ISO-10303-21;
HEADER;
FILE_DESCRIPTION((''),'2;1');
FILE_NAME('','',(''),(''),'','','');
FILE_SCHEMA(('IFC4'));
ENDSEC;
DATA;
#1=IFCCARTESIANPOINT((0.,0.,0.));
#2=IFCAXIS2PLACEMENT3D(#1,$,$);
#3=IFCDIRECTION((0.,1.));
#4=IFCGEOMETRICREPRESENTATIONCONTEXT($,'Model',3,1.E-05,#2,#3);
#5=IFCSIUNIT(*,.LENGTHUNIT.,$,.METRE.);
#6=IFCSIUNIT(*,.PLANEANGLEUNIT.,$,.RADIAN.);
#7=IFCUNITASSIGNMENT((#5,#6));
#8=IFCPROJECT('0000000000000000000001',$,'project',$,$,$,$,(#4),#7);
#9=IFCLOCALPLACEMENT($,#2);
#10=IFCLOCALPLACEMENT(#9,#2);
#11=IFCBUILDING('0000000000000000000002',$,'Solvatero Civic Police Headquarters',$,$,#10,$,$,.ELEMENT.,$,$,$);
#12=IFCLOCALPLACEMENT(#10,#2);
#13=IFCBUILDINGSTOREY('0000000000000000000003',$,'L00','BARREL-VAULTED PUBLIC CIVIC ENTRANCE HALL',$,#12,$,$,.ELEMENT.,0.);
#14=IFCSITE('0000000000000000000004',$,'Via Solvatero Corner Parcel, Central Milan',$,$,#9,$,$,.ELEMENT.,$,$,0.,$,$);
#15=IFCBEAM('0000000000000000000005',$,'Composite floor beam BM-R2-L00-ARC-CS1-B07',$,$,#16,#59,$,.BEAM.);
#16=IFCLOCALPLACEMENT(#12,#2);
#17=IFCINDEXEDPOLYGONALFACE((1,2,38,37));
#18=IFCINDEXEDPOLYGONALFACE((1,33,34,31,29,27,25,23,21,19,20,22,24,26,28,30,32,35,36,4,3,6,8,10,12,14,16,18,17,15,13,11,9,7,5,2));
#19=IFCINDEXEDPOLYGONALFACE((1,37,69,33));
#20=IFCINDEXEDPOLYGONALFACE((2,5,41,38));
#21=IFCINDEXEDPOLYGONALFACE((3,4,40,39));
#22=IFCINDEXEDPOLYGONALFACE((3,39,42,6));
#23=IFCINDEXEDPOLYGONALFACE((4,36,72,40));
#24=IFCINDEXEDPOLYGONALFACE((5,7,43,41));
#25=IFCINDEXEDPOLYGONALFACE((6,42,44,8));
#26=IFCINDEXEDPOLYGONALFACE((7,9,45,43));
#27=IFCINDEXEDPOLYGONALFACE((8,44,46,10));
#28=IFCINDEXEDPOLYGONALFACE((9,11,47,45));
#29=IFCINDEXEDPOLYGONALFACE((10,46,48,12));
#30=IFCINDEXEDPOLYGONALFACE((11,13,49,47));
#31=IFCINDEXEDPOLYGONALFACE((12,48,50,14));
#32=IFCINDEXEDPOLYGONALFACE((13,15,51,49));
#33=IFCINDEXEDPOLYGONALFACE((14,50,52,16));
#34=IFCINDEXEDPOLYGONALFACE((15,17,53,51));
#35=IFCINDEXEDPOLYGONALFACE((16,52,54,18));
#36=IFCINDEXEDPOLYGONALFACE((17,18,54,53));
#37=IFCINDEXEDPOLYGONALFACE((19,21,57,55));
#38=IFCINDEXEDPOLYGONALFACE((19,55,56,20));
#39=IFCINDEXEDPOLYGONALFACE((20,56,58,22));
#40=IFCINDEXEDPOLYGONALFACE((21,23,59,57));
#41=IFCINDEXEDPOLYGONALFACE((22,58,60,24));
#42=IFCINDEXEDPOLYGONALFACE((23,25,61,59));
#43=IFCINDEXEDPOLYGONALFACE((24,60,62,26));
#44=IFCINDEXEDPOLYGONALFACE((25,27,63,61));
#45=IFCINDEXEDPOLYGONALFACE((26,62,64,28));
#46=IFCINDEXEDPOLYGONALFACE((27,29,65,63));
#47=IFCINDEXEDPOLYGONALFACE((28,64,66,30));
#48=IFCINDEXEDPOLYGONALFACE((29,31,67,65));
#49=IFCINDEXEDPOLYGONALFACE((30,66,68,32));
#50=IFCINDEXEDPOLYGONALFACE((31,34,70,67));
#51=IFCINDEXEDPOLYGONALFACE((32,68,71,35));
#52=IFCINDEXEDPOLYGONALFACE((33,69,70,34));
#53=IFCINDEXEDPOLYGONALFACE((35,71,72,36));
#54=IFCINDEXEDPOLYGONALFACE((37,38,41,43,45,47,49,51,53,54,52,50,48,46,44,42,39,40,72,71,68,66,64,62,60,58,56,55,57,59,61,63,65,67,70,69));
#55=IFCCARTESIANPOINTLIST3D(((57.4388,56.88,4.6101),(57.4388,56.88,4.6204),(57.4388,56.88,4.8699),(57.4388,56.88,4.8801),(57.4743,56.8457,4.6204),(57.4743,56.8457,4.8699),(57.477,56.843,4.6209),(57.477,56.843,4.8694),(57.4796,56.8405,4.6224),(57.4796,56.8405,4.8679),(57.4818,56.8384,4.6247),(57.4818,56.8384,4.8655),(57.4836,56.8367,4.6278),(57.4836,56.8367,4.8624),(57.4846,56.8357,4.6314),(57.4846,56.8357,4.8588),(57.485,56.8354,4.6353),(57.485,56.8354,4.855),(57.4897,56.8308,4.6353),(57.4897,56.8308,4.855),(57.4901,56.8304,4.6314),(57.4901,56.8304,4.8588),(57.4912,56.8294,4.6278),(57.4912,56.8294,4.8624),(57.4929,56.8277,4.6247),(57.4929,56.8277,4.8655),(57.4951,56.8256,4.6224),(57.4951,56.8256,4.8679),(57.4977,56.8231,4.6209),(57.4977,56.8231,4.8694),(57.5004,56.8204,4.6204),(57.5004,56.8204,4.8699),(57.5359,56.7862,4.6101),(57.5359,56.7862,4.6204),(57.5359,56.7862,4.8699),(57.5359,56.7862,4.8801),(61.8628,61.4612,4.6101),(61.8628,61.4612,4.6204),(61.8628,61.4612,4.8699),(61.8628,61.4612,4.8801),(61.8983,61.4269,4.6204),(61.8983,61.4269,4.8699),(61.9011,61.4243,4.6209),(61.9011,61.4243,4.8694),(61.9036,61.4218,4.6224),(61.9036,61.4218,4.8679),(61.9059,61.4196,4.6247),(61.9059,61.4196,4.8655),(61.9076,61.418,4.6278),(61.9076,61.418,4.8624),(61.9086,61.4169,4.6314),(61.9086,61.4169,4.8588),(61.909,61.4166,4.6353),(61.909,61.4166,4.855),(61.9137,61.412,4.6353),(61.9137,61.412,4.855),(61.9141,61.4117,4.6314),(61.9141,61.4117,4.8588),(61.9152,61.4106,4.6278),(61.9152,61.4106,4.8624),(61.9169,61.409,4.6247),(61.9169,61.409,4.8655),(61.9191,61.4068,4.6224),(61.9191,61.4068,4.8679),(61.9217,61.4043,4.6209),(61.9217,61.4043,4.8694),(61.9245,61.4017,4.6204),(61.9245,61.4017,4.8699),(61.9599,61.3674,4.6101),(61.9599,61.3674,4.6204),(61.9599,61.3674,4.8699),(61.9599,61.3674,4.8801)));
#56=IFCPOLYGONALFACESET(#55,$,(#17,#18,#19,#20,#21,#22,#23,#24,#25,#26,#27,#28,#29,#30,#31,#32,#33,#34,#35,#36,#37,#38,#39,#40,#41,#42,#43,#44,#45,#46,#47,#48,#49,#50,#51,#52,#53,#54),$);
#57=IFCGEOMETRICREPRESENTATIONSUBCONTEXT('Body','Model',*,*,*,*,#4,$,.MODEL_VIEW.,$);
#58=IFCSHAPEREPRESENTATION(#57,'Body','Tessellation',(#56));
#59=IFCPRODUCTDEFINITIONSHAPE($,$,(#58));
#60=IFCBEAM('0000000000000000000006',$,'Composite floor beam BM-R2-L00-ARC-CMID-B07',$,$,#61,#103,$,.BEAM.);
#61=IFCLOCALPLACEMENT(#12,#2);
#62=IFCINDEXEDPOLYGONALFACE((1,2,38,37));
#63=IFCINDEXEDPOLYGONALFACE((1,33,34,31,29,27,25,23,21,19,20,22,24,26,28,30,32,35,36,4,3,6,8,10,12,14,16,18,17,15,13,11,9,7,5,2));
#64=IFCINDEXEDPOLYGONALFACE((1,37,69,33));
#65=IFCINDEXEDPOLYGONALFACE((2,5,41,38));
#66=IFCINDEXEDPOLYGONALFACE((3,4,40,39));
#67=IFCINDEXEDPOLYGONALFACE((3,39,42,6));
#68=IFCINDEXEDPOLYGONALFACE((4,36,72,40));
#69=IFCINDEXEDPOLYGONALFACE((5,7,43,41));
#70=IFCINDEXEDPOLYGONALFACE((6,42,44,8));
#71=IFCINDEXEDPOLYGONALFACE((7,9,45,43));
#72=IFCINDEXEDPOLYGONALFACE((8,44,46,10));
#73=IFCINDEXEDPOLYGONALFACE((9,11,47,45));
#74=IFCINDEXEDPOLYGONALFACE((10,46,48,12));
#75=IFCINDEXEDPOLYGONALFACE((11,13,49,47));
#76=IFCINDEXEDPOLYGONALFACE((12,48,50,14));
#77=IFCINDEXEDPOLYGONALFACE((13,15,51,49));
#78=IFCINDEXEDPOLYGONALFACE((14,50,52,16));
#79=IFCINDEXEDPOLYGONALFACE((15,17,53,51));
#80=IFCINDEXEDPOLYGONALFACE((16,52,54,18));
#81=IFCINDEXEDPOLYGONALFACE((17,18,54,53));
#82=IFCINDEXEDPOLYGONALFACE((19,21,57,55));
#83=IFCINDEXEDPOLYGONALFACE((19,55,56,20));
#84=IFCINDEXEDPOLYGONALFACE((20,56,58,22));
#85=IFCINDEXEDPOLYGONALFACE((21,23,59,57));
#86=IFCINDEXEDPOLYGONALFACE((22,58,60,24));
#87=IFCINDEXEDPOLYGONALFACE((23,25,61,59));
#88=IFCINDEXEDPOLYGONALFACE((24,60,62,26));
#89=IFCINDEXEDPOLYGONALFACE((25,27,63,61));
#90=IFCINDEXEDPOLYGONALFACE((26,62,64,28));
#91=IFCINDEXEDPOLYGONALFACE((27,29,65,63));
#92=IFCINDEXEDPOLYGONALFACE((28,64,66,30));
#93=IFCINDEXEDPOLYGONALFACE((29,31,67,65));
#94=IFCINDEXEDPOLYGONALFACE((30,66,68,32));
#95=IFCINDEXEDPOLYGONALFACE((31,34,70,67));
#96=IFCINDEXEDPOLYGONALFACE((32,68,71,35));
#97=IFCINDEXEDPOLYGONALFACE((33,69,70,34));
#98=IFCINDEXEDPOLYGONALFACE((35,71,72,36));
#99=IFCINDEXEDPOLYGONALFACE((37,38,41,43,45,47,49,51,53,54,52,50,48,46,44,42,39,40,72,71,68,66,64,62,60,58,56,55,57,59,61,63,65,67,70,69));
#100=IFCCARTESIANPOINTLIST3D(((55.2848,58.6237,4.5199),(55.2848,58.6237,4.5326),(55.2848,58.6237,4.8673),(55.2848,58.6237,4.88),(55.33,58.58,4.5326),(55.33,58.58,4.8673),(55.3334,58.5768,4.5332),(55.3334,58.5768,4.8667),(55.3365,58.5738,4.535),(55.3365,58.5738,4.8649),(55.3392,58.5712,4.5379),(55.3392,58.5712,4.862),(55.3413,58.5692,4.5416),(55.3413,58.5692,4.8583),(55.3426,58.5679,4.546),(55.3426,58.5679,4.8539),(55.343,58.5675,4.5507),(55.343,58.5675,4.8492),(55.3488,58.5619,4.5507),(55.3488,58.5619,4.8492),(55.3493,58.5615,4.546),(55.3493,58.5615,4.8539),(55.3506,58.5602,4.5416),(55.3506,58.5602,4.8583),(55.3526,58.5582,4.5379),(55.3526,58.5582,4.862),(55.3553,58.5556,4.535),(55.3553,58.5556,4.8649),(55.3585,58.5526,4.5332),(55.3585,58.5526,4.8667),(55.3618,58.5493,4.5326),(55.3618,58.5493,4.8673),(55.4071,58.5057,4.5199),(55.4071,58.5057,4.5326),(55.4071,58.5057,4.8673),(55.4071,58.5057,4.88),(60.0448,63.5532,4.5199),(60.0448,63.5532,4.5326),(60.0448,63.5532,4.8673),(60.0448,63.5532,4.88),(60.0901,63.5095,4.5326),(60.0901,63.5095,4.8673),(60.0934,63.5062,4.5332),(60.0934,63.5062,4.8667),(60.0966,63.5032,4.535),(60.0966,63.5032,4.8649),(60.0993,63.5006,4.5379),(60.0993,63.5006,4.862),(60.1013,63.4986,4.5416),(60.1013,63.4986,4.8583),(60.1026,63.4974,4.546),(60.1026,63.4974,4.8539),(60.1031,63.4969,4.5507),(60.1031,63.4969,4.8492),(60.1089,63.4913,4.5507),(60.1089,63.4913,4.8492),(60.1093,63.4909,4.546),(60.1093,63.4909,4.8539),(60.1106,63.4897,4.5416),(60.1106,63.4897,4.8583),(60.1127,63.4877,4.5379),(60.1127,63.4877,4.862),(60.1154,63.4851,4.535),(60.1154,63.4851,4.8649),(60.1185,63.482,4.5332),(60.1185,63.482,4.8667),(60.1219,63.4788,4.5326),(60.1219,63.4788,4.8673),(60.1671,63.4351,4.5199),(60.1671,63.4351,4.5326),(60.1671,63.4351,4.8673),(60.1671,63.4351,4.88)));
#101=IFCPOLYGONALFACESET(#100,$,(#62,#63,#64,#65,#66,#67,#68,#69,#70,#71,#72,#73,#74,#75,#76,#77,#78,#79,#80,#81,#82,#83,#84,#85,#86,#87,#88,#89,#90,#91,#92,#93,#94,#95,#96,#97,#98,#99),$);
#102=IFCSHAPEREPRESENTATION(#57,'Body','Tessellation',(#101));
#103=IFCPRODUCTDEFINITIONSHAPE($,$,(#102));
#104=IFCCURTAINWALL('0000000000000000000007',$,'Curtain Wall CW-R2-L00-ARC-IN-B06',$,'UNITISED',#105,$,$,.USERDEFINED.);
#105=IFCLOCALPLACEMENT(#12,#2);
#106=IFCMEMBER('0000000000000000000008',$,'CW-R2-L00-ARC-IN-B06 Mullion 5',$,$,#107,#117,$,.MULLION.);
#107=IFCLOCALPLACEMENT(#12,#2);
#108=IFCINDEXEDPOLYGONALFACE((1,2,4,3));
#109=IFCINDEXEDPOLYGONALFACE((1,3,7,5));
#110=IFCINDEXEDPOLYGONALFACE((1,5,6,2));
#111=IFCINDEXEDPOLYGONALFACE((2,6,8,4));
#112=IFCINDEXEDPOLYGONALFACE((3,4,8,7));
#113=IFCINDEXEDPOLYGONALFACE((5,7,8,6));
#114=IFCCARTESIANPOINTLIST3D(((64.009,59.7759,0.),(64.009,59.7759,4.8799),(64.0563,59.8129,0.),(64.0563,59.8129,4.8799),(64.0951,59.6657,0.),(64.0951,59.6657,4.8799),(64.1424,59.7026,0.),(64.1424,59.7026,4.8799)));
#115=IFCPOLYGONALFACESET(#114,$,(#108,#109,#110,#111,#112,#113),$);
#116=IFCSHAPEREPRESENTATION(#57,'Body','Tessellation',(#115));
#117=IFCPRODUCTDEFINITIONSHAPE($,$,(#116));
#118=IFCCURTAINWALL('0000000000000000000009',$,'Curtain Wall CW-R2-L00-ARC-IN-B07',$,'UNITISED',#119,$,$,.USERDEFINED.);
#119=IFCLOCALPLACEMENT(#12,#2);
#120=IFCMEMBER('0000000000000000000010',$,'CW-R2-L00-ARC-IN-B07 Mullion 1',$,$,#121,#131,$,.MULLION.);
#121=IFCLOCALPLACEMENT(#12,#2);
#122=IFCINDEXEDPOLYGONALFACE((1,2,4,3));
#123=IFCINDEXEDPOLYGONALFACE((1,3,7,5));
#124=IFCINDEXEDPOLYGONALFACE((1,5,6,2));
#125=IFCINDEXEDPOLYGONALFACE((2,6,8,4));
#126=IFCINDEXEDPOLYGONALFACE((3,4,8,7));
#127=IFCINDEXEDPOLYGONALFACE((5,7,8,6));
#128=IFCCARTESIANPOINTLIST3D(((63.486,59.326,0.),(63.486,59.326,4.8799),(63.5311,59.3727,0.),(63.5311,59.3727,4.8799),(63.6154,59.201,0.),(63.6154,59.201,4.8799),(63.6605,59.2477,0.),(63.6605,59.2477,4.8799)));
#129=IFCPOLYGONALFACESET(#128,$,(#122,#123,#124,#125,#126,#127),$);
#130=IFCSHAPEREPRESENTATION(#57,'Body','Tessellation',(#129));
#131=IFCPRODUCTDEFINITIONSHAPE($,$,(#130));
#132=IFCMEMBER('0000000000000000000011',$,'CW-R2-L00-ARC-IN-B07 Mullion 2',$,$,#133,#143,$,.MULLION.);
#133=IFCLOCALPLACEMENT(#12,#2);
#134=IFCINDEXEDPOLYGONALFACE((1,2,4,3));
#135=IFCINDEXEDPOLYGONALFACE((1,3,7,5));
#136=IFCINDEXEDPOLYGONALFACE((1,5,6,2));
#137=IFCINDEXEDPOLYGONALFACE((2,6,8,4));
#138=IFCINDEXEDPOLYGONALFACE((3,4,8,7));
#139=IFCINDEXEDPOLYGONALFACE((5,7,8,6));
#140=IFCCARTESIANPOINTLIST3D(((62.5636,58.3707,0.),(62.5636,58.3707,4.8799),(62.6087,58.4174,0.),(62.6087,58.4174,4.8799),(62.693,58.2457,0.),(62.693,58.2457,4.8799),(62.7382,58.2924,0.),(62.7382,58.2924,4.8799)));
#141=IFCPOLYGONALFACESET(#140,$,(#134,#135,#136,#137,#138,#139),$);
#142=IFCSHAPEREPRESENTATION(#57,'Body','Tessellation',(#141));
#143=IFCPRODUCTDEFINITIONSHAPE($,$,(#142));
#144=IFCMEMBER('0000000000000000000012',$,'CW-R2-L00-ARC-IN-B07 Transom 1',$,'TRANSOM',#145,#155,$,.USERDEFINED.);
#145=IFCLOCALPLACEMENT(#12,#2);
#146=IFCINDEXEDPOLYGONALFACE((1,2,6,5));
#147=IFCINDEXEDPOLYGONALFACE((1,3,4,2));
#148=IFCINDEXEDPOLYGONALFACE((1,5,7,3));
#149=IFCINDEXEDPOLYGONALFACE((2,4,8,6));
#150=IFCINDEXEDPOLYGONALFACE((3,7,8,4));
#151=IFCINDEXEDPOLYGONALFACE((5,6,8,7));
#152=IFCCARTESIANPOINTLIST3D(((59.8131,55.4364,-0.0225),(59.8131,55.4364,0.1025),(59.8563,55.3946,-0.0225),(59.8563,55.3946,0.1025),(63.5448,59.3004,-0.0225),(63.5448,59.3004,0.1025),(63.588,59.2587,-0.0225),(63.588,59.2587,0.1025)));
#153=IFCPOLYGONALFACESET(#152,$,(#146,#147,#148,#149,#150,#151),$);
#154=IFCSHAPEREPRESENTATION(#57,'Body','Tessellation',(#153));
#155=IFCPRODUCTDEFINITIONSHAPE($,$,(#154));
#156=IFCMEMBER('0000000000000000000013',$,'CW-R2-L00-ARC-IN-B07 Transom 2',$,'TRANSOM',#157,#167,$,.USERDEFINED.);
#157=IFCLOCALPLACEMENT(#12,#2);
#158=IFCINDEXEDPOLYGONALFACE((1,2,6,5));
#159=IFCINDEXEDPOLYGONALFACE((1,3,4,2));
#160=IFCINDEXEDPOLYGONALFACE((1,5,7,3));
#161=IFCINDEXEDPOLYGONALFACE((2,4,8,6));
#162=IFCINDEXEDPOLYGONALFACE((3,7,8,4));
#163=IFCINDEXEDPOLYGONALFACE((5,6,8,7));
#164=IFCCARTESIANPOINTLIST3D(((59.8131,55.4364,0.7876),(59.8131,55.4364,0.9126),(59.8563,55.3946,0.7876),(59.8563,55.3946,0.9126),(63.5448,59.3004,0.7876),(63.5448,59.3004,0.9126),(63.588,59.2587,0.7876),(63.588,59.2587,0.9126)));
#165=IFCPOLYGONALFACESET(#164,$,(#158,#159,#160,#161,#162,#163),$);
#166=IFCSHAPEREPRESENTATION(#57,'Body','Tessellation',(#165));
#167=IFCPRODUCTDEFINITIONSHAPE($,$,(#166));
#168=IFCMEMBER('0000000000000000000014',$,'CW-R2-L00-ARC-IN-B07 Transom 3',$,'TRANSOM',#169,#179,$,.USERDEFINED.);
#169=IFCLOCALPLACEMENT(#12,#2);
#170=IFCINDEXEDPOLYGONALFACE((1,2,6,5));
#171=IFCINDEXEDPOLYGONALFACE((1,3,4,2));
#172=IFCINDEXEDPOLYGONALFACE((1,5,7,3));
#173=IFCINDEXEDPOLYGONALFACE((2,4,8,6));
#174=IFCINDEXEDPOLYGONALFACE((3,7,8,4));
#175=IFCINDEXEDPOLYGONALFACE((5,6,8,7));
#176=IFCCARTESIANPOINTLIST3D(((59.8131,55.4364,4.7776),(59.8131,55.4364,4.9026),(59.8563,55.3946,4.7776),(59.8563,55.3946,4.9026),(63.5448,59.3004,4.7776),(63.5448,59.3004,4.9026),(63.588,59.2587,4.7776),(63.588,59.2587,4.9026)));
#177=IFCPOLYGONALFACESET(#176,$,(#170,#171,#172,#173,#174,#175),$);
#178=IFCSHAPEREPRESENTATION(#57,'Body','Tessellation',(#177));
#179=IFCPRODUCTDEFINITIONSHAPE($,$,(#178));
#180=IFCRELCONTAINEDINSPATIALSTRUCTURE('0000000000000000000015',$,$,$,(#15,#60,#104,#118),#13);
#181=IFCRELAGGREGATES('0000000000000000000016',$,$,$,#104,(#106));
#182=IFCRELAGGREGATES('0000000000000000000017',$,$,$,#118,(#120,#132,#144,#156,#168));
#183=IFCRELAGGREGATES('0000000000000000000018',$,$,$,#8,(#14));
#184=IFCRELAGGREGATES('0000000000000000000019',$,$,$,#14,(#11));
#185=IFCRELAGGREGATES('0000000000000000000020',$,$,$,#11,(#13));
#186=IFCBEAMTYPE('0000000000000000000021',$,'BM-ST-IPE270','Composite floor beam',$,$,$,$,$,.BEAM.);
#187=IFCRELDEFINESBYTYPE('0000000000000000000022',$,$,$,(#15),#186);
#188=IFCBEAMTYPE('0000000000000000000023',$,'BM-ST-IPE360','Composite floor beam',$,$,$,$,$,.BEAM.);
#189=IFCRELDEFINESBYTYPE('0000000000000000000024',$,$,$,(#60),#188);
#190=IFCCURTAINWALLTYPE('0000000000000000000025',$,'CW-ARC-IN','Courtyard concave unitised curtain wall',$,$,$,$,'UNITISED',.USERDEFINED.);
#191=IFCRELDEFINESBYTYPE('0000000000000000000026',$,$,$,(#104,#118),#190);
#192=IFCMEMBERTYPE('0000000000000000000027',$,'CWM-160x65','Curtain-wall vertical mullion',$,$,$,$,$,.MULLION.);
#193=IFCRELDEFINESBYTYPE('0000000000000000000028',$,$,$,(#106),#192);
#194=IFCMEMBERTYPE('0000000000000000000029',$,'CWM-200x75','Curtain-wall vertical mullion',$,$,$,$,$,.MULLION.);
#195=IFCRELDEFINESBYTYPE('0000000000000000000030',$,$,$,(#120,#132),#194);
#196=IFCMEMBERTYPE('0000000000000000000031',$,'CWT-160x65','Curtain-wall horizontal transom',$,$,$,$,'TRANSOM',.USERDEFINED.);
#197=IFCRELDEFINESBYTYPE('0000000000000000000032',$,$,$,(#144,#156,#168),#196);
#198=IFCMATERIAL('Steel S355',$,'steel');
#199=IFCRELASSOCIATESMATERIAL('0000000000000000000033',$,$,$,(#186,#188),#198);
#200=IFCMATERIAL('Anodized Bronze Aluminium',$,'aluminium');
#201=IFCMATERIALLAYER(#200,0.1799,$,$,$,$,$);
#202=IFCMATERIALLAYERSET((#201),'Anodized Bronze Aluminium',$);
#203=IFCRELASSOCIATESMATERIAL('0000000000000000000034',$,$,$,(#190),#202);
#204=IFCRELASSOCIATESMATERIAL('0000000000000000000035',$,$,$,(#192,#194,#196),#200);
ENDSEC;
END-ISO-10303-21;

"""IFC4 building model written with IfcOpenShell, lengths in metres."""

from ifc_helpers import new_model, si_unit, direction, frame, origin, origin_2d, place, context, subcontext, project, spatial, rectangle, i_section, extrude, material, layer, layer_set, material_profile, profile_set, type_object, element, aggregate, save


model = new_model("IFC4")

# Units and contexts
model_context = context("Model", 3, precision=1e-05, world=origin(), true_north=direction((0.0, 1.0)))
body_context = subcontext(model_context, "Body", "Model", "MODEL_VIEW")
ifc_project = project(units=[si_unit("LENGTHUNIT", "METRE"), si_unit("PLANEANGLEUNIT", "RADIAN")], contexts=[model_context])

# Site, building, storey
site_placement = place(None, origin())
site = spatial("IfcSite", under=ifc_project, at=site_placement, Name="Via Solvatero Corner Parcel, Central Milan", CompositionType="ELEMENT", RefElevation=0.0)
building_placement = place(site_placement, origin())
building = spatial("IfcBuilding", under=site, at=building_placement, Name="Solvatero Civic Police Headquarters", CompositionType="ELEMENT")
storey_placement = place(building_placement, origin())
storey = spatial("IfcBuildingStorey", under=building, at=storey_placement, Name="L00", Description="BARREL-VAULTED PUBLIC CIVIC ENTRANCE HALL", CompositionType="ELEMENT", Elevation=0.0)

# Beams
ifc_material_1 = material(Name="Steel S355", Category="steel")
ifc_material_profile_1 = material_profile(ifc_material_1, i_section(OverallWidth=0.135, OverallDepth=0.27, WebThickness=0.0066, FlangeThickness=0.0103, FilletRadius=0.0149, at=origin_2d()), Name="IPE 270")
ifc_profile_set_1 = profile_set([ifc_material_profile_1], Name="Steel S355")
beam_type_1 = type_object("IfcBeamType", Name="BM-ST-IPE270", Description="Composite floor beam", PredefinedType="BEAM", material=ifc_profile_set_1)
beam_1_placement = place(storey_placement, frame((61.9114, 61.4143, 4.7451), z_axis=(-0.694655, -0.719343, 0.0), x_axis=(0.719343, -0.694655, 0.0)))
element("IfcBeam", 1, at=beam_1_placement, inside=storey, type_object=beam_type_1, Name="Composite floor beam BM-R2-L00-ARC-CS1-B07", PredefinedType="BEAM", context=body_context, shape_type="SweptSolid", body=[
    extrude(i_section(OverallWidth=0.135, OverallDepth=0.27, WebThickness=0.0066, FlangeThickness=0.0103, FilletRadius=0.0149, at=origin_2d()), origin(), (0.0, 0.0, 1.0), 6.3687),
])
ifc_material_profile_2 = material_profile(ifc_material_1, i_section(OverallWidth=0.1699, OverallDepth=0.3601, WebThickness=0.0081, FlangeThickness=0.0127, FilletRadius=0.0181, at=origin_2d()), Name="IPE 360")
ifc_profile_set_2 = profile_set([ifc_material_profile_2], Name="Steel S355")
beam_type_2 = type_object("IfcBeamType", Name="BM-ST-IPE360", Description="Composite floor beam", PredefinedType="BEAM", material=ifc_profile_set_2)
beam_2_placement = place(storey_placement, frame((60.106, 63.4941, 4.7), z_axis=(-0.694636, -0.719362, 0.0), x_axis=(0.719362, -0.694636, 0.0)))
element("IfcBeam", 2, at=beam_2_placement, inside=storey, type_object=beam_type_2, Name="Composite floor beam BM-R2-L00-ARC-CMID-B07", PredefinedType="BEAM", context=body_context, shape_type="SweptSolid", body=[
    extrude(i_section(OverallWidth=0.1699, OverallDepth=0.3601, WebThickness=0.0081, FlangeThickness=0.0127, FilletRadius=0.0181, at=origin_2d()), origin(), (0.0, 0.0, 1.0), 6.8525),
])

# Curtain wall, member
ifc_material_2 = material(Name="Anodized Bronze Aluminium", Category="aluminium")
ifc_layer_1 = layer(ifc_material_2, 0.1799)
ifc_layer_set_1 = layer_set([ifc_layer_1], Name="Anodized Bronze Aluminium")
curtain_wall_type = type_object("IfcCurtainWallType", Name="CW-ARC-IN", Description="Courtyard concave unitised curtain wall", ElementType="UNITISED", PredefinedType="USERDEFINED", material=ifc_layer_set_1)
curtain_wall_1_placement = place(storey_placement, origin())
curtain_wall_1 = element("IfcCurtainWall", 3, at=curtain_wall_1_placement, inside=storey, type_object=curtain_wall_type, Name="Curtain Wall CW-R2-L00-ARC-IN-B06", ObjectType="UNITISED", PredefinedType="USERDEFINED")
ifc_material_profile_3 = material_profile(ifc_material_2, rectangle(XDim=0.0601, YDim=0.1399, at=origin_2d()), Name="ALU MULLION 60x140")
ifc_profile_set_3 = profile_set([ifc_material_profile_3], Name="Anodized Bronze Aluminium")
member_type_1 = type_object("IfcMemberType", Name="CWM-160x65", Description="Curtain-wall vertical mullion", PredefinedType="MULLION", material=ifc_profile_set_3)
member_1_placement = place(storey_placement, frame((64.0757, 59.7393, 0.0), z_axis=(0.0, 0.0, 1.0), x_axis=(-0.788011, -0.615661, 0.0)))
member_1 = element("IfcMember", 4, at=member_1_placement, type_object=member_type_1, Name="CW-R2-L00-ARC-IN-B06 Mullion 5", PredefinedType="MULLION", context=body_context, shape_type="SweptSolid", body=[
    extrude(rectangle(XDim=0.0601, YDim=0.1399, at=origin_2d()), origin(), (0.0, 0.0, 1.0), 4.8799),
])

# Curtain wall, members
curtain_wall_2_placement = place(storey_placement, origin())
curtain_wall_2 = element("IfcCurtainWall", 5, at=curtain_wall_2_placement, inside=storey, type_object=curtain_wall_type, Name="Curtain Wall CW-R2-L00-ARC-IN-B07", ObjectType="UNITISED", PredefinedType="USERDEFINED")
ifc_material_profile_4 = material_profile(ifc_material_2, rectangle(XDim=0.0649, YDim=0.1799, at=origin_2d()), Name="ALU MULLION 65x180")
ifc_profile_set_4 = profile_set([ifc_material_profile_4], Name="Anodized Bronze Aluminium")
member_type_2 = type_object("IfcMemberType", Name="CWM-200x75", Description="Curtain-wall vertical mullion", PredefinedType="MULLION", material=ifc_profile_set_4)
member_2_placement = place(storey_placement, frame((63.5732, 59.2869, 0.0), z_axis=(0.0, 0.0, 1.0), x_axis=(-0.694658, -0.71934, 0.0)))
member_2 = element("IfcMember", 6, at=member_2_placement, type_object=member_type_2, Name="CW-R2-L00-ARC-IN-B07 Mullion 1", PredefinedType="MULLION", context=body_context, shape_type="SweptSolid", body=[
    extrude(rectangle(XDim=0.0649, YDim=0.1799, at=origin_2d()), origin(), (0.0, 0.0, 1.0), 4.8799),
])
member_3_placement = place(storey_placement, frame((62.6509, 58.3315, 0.0), z_axis=(0.0, 0.0, 1.0), x_axis=(-0.694658, -0.71934, 0.0)))
member_3 = element("IfcMember", 7, at=member_3_placement, type_object=member_type_2, Name="CW-R2-L00-ARC-IN-B07 Mullion 2", PredefinedType="MULLION", context=body_context, shape_type="SweptSolid", body=[
    extrude(rectangle(XDim=0.0649, YDim=0.1799, at=origin_2d()), origin(), (0.0, 0.0, 1.0), 4.8799),
])
ifc_material_profile_5 = material_profile(ifc_material_2, rectangle(XDim=0.0601, YDim=0.125, at=origin_2d()), Name="ALU TRANSOM 60x125")
ifc_profile_set_5 = profile_set([ifc_material_profile_5], Name="Anodized Bronze Aluminium")
member_type_3 = type_object("IfcMemberType", Name="CWT-160x65", Description="Curtain-wall horizontal transom", ElementType="TRANSOM", PredefinedType="USERDEFINED", material=ifc_profile_set_5)
member_4_placement = place(storey_placement, frame((63.5664, 59.2795, 0.04), z_axis=(-0.694683, -0.719316, 0.0), x_axis=(0.719316, -0.694683, 0.0)))
member_4 = element("IfcMember", 8, at=member_4_placement, type_object=member_type_3, Name="CW-R2-L00-ARC-IN-B07 Transom 1", ObjectType="TRANSOM", PredefinedType="USERDEFINED", context=body_context, shape_type="SweptSolid", body=[
    extrude(rectangle(XDim=0.0601, YDim=0.125, at=origin_2d()), origin(), (0.0, 0.0, 1.0), 5.3718),
])
member_5_placement = place(storey_placement, frame((63.5664, 59.2795, 0.8501), z_axis=(-0.694683, -0.719316, 0.0), x_axis=(0.719316, -0.694683, 0.0)))
member_5 = element("IfcMember", 9, at=member_5_placement, type_object=member_type_3, Name="CW-R2-L00-ARC-IN-B07 Transom 2", ObjectType="TRANSOM", PredefinedType="USERDEFINED", context=body_context, shape_type="SweptSolid", body=[
    extrude(rectangle(XDim=0.0601, YDim=0.125, at=origin_2d()), origin(), (0.0, 0.0, 1.0), 5.3718),
])
member_6_placement = place(storey_placement, frame((63.5664, 59.2795, 4.8401), z_axis=(-0.694683, -0.719316, 0.0), x_axis=(0.719316, -0.694683, 0.0)))
member_6 = element("IfcMember", 10, at=member_6_placement, type_object=member_type_3, Name="CW-R2-L00-ARC-IN-B07 Transom 3", ObjectType="TRANSOM", PredefinedType="USERDEFINED", context=body_context, shape_type="SweptSolid", body=[
    extrude(rectangle(XDim=0.0601, YDim=0.125, at=origin_2d()), origin(), (0.0, 0.0, 1.0), 5.3718),
])

aggregate(curtain_wall_1, [member_1])
aggregate(curtain_wall_2, [member_2, member_3, member_4, member_5, member_6])

save(model, "model.ifc")
